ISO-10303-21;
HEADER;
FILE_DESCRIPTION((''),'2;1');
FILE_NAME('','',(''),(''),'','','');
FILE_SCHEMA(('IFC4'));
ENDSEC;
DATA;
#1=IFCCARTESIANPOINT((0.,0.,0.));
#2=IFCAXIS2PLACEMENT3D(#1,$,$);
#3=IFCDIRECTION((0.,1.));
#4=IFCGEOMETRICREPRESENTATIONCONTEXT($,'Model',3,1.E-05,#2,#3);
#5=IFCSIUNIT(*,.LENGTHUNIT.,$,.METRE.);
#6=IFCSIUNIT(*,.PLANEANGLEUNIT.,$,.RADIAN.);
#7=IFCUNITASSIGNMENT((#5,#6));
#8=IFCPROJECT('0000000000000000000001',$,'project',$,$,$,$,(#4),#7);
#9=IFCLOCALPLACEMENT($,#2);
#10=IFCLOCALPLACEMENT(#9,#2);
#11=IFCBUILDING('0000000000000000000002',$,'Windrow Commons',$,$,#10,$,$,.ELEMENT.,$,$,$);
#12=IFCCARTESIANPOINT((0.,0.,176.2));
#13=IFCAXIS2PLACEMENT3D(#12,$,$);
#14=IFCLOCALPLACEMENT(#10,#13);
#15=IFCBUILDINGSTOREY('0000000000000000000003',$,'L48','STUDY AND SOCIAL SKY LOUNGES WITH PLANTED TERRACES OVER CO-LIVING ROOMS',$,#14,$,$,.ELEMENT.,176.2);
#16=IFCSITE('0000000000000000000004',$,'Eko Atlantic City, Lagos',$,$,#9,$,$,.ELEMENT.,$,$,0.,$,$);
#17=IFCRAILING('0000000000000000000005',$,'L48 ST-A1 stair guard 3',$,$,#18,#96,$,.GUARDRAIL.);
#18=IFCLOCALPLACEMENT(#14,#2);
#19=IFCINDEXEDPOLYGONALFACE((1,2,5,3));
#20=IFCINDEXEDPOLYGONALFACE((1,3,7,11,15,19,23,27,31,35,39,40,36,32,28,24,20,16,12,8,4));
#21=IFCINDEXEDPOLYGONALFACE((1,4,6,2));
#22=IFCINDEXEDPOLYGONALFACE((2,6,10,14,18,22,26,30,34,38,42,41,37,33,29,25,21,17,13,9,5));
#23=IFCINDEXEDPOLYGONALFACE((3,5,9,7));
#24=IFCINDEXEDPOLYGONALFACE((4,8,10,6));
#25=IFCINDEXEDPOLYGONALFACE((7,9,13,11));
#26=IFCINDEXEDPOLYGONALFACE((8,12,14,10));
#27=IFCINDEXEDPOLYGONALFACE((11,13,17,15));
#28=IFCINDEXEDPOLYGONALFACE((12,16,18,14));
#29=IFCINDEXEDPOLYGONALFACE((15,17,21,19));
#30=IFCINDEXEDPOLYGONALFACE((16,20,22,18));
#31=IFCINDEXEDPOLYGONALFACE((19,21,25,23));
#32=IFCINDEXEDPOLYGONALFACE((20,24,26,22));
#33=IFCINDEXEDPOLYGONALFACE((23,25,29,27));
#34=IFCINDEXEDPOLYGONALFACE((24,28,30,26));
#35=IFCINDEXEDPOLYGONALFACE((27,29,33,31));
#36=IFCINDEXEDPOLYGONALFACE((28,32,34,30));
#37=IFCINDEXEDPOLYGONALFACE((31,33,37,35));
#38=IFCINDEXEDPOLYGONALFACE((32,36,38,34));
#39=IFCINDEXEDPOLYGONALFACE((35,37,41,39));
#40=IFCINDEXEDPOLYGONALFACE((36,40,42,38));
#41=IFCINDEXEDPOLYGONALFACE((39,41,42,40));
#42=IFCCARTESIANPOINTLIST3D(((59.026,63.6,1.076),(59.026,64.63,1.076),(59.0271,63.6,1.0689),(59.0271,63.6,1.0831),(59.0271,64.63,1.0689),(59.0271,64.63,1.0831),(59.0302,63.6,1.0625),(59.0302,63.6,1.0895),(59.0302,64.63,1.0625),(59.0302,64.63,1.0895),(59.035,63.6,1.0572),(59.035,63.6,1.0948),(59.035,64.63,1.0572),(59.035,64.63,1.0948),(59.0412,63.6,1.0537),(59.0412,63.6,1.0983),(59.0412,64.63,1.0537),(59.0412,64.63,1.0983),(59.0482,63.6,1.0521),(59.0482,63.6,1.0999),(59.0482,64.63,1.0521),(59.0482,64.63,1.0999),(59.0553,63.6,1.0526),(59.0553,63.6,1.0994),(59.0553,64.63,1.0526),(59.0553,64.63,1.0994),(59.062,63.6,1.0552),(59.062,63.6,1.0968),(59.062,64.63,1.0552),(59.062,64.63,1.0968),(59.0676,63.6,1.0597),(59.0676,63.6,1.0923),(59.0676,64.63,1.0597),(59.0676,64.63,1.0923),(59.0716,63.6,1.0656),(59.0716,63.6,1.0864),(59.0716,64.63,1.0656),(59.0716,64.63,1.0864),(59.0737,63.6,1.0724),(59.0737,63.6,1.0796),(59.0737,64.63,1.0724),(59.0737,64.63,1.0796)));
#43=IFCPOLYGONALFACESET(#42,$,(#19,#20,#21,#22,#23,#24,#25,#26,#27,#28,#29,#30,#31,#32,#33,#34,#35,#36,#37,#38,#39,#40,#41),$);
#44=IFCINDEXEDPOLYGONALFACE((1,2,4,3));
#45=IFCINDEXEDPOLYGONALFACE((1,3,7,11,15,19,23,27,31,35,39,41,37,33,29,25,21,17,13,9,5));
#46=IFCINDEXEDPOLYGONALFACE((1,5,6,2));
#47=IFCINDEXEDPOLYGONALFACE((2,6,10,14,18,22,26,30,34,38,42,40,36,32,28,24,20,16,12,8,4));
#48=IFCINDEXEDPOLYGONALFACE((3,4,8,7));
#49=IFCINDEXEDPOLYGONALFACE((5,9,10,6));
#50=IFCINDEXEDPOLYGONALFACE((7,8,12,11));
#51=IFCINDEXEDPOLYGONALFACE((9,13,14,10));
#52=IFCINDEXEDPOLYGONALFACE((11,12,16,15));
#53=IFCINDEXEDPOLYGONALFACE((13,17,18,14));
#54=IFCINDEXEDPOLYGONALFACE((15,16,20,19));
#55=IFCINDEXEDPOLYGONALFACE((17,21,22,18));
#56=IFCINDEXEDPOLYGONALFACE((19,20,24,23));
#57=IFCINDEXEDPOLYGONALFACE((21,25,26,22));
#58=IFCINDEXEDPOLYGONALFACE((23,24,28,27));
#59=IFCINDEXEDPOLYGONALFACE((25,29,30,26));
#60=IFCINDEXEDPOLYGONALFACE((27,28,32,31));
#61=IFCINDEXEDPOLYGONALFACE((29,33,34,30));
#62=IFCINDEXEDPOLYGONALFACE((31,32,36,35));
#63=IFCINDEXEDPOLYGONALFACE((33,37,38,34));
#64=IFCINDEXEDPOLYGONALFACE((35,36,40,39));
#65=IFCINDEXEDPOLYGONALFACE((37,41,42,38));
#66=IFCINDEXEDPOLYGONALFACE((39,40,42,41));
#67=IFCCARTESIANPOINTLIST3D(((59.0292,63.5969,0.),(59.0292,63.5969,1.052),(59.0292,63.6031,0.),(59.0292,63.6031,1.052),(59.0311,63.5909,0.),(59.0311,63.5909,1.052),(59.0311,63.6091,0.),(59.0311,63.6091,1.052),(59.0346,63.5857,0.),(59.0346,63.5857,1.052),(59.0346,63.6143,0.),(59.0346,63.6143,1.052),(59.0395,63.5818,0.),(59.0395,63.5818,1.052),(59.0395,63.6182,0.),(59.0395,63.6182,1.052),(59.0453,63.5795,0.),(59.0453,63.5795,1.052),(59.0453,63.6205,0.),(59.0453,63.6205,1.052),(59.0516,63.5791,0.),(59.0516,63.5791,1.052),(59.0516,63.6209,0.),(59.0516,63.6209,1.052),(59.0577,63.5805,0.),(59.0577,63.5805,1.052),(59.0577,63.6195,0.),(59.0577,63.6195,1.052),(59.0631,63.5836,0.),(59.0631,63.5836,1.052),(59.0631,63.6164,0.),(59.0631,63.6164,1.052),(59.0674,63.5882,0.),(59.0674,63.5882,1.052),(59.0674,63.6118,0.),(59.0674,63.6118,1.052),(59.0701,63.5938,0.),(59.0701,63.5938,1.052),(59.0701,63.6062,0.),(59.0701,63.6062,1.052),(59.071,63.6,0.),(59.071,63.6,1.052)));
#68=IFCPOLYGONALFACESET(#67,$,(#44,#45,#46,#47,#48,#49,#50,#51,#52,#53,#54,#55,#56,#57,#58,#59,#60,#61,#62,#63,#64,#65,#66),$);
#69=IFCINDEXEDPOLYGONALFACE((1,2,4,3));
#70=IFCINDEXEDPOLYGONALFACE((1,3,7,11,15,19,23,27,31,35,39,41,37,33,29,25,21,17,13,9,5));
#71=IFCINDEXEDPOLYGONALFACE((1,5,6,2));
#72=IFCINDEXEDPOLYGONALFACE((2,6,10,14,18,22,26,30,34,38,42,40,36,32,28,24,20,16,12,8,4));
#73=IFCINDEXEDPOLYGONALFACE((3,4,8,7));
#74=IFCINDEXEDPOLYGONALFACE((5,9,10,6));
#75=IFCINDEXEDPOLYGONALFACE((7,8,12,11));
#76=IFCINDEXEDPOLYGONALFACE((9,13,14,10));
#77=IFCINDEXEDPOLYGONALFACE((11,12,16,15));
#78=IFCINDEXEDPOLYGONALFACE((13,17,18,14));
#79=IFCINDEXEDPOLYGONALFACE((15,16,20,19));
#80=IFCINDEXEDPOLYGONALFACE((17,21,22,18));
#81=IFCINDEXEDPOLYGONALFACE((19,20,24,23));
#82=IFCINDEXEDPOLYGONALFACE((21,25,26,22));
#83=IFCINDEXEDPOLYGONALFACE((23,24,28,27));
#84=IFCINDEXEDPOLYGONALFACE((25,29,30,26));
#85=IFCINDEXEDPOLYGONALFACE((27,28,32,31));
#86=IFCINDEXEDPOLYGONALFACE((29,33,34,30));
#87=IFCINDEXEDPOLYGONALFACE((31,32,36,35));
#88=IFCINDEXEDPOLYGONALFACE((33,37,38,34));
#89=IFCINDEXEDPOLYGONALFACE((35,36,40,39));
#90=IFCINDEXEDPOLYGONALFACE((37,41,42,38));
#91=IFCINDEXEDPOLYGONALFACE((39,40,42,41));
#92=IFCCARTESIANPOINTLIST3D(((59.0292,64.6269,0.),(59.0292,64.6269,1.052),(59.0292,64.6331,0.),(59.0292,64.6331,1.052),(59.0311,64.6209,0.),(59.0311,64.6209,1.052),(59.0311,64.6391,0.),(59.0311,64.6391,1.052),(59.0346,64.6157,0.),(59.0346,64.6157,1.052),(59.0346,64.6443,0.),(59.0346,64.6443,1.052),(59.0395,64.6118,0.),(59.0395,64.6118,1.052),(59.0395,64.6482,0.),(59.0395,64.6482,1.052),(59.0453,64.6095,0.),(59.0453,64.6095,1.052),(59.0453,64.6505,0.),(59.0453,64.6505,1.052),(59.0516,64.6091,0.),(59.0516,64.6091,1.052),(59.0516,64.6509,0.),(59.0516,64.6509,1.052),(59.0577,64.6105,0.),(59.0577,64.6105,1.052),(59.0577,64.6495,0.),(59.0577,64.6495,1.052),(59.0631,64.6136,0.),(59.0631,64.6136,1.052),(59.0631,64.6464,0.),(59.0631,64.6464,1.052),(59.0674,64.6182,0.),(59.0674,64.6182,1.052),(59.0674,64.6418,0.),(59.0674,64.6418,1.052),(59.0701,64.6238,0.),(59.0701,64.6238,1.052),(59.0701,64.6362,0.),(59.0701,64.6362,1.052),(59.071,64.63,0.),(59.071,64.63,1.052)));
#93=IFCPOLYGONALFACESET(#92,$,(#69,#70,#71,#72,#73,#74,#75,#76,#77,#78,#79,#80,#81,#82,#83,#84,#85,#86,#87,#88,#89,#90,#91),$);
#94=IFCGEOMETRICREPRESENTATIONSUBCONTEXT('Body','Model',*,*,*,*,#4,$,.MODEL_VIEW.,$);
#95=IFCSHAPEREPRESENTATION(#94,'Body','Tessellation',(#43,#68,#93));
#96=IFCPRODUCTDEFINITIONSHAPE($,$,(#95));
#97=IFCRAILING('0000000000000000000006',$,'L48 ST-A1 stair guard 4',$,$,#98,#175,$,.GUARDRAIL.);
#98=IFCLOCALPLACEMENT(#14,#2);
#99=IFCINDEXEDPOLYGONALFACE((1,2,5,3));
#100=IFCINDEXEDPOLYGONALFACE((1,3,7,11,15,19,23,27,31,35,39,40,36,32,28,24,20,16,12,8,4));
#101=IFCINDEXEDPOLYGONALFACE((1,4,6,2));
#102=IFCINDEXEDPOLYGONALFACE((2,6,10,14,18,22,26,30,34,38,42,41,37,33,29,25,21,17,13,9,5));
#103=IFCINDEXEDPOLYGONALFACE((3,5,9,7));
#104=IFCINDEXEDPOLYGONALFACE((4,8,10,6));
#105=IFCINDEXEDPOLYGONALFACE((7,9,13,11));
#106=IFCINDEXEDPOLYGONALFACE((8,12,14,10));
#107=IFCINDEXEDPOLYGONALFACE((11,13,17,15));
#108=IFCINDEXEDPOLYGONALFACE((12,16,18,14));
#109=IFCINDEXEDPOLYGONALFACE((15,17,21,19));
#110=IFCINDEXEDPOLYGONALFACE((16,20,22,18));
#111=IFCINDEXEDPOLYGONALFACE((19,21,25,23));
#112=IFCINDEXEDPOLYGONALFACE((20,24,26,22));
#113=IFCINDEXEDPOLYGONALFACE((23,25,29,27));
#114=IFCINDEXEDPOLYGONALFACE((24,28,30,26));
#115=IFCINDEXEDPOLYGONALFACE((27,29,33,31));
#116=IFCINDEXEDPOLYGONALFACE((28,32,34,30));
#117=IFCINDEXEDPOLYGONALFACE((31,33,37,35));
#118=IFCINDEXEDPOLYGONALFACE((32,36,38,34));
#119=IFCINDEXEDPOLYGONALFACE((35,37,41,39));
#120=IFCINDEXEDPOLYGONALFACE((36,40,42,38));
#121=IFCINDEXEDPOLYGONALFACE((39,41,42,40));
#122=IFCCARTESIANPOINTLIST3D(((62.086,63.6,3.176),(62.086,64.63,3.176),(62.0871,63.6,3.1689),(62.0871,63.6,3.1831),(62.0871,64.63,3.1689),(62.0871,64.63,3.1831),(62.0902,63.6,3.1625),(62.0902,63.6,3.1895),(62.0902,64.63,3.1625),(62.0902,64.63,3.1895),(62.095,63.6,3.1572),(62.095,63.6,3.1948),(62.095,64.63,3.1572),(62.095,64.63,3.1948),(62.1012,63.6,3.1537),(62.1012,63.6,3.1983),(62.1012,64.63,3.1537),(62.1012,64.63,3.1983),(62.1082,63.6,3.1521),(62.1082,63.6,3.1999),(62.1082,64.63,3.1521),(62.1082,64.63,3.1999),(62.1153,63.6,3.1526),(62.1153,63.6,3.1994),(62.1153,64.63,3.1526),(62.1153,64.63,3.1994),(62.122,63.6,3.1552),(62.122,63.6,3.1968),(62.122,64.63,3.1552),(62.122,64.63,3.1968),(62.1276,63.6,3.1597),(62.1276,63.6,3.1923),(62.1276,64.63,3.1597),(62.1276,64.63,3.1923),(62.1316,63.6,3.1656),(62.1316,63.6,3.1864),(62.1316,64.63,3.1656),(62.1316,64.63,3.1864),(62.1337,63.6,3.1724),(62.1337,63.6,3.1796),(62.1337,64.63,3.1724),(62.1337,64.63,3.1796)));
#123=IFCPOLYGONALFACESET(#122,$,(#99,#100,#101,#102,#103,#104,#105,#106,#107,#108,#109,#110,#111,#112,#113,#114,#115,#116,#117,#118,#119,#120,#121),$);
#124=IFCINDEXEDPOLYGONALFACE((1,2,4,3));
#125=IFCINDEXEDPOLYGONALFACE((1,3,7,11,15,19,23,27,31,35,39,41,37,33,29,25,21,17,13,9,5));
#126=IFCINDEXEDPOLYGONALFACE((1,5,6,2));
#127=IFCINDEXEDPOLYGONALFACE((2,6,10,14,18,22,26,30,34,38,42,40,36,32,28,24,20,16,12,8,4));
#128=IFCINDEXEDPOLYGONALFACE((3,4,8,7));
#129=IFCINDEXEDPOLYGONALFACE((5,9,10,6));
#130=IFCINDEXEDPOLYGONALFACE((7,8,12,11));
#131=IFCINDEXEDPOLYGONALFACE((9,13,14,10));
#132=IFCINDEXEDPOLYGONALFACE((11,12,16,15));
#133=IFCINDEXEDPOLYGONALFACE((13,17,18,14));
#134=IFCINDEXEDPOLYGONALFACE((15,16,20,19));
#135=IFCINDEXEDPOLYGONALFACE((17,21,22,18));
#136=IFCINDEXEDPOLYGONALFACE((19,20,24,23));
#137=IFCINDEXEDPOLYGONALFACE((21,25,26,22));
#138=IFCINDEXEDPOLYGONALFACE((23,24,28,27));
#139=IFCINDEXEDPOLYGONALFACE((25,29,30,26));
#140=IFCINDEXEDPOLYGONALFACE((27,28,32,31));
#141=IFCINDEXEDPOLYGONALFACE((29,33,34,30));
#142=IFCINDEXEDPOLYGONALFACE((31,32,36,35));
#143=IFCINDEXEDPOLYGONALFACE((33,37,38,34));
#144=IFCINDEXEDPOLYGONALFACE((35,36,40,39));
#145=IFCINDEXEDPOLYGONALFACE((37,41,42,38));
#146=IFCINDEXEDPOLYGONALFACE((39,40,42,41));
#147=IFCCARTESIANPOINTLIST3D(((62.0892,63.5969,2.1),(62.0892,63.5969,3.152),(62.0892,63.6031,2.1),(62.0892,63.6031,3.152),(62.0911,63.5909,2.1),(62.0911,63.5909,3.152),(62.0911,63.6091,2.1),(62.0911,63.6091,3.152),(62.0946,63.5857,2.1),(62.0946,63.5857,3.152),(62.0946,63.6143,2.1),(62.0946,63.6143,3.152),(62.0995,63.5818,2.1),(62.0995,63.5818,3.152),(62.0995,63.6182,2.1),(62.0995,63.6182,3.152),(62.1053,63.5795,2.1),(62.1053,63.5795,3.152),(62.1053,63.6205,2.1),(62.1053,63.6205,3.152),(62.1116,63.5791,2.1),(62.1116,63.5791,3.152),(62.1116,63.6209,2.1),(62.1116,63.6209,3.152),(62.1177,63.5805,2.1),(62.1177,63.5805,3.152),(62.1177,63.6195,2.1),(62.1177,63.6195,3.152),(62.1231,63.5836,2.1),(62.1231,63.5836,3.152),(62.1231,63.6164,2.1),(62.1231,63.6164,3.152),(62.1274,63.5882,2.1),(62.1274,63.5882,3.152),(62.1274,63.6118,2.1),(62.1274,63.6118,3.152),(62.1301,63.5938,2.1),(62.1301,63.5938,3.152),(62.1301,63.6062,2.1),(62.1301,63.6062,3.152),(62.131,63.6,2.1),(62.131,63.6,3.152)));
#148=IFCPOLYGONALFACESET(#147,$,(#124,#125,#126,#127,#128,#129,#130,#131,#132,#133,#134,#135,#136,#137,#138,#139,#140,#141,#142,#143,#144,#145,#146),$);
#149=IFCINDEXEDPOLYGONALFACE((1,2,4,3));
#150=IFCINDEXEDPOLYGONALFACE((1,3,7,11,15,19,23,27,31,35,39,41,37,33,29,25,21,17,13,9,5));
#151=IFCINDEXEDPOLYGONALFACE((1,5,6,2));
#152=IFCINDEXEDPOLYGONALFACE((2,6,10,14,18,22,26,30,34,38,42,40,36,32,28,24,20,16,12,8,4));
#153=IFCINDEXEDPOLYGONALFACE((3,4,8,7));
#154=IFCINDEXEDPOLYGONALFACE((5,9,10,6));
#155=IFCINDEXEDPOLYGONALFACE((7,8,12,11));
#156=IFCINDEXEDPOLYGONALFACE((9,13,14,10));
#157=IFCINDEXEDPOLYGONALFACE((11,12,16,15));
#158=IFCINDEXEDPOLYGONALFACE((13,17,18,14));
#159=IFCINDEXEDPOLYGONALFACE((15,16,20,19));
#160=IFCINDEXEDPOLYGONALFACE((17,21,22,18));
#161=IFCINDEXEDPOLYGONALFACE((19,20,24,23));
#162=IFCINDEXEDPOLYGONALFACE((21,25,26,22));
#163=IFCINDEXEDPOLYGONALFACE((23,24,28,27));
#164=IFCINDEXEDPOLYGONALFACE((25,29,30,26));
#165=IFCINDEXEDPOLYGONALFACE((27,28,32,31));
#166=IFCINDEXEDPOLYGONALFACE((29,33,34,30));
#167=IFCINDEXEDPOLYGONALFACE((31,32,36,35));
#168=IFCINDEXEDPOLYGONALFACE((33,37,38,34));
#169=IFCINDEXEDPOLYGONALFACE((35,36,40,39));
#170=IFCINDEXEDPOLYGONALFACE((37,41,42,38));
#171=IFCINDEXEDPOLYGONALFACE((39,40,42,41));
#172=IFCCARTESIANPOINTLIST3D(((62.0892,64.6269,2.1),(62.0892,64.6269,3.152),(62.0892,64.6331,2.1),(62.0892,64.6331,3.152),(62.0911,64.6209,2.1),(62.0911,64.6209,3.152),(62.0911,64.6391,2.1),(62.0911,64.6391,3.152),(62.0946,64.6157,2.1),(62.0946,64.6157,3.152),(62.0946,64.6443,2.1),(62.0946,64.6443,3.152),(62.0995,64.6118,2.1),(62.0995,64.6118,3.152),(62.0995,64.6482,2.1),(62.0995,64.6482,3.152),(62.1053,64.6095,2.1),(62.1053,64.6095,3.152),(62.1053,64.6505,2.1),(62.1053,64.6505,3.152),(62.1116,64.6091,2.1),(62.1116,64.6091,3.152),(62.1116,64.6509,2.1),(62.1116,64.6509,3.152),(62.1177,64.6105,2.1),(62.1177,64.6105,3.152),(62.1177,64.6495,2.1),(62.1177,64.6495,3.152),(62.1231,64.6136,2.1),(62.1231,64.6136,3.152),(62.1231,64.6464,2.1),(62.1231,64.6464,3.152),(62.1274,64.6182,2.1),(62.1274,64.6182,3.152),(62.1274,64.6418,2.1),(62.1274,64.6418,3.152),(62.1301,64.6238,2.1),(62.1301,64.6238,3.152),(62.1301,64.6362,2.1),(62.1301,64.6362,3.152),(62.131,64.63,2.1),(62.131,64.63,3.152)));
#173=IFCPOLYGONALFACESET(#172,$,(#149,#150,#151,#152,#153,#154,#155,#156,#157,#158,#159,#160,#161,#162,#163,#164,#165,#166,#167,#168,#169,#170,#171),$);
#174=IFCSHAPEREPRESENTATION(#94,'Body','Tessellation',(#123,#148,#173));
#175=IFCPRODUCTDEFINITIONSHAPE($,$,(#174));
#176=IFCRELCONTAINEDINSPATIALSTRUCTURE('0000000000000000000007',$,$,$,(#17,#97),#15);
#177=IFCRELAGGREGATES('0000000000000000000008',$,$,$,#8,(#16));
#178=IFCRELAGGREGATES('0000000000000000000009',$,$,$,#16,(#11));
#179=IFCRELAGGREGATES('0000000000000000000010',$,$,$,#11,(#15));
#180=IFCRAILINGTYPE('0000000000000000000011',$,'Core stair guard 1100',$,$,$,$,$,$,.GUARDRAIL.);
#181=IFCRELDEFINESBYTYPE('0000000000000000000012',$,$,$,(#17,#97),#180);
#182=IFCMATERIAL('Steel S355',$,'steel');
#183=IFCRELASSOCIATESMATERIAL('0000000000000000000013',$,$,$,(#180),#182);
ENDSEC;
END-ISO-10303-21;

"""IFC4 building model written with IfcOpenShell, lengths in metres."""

from ifc_helpers import new_model, si_unit, direction, frame, origin, origin_2d, place, context, subcontext, project, spatial, circle, extrude, material, type_object, element, save


model = new_model("IFC4")

# Units and contexts
model_context = context("Model", 3, precision=1e-05, world=origin(), true_north=direction((0.0, 1.0)))
body_context = subcontext(model_context, "Body", "Model", "MODEL_VIEW")
ifc_project = project(units=[si_unit("LENGTHUNIT", "METRE"), si_unit("PLANEANGLEUNIT", "RADIAN")], contexts=[model_context])

# Site, building, storey
site_placement = place(None, origin())
site = spatial("IfcSite", under=ifc_project, at=site_placement, Name="Eko Atlantic City, Lagos", CompositionType="ELEMENT", RefElevation=0.0)
building_placement = place(site_placement, origin())
building = spatial("IfcBuilding", under=site, at=building_placement, Name="Windrow Commons", CompositionType="ELEMENT")
storey_placement = place(building_placement, frame((0.0, 0.0, 176.2)))
storey = spatial("IfcBuildingStorey", under=building, at=storey_placement, Name="L48", Description="STUDY AND SOCIAL SKY LOUNGES WITH PLANTED TERRACES OVER CO-LIVING ROOMS", CompositionType="ELEMENT", Elevation=176.2)

# Railings
ifc_material_1 = material(Name="Steel S355", Category="steel")
railing_type_1 = type_object("IfcRailingType", Name="Core stair guard 1100", PredefinedType="GUARDRAIL", material=ifc_material_1)
for number, where, name in (
    (1, (59.05, 63.6, 0.0), "L48 ST-A1 stair guard 3"),
    (2, (62.11, 63.6, 2.1), "L48 ST-A1 stair guard 4"),
):
    element("IfcRailing", number, at=place(storey_placement, frame(where)), inside=storey, type_object=railing_type_1, Name=name, PredefinedType="GUARDRAIL", context=body_context, shape_type="SweptSolid", body=[
        extrude(circle(Radius=0.024, at=origin_2d()), frame((0.0, 0.0, 1.076), z_axis=(0.0, 1.0, 0.0), x_axis=(-1.0, 0.0, 0.0)), (0.0, 0.0, 1.0), 1.03),
        extrude(circle(Radius=0.021, at=origin_2d()), origin(), (0.0, 0.0, 1.0), 1.052),
        extrude(circle(Radius=0.021, at=origin_2d()), frame((0.0, 1.03, 0.0)), (0.0, 0.0, 1.0), 1.052),
    ])

save(model, "model.ifc")
